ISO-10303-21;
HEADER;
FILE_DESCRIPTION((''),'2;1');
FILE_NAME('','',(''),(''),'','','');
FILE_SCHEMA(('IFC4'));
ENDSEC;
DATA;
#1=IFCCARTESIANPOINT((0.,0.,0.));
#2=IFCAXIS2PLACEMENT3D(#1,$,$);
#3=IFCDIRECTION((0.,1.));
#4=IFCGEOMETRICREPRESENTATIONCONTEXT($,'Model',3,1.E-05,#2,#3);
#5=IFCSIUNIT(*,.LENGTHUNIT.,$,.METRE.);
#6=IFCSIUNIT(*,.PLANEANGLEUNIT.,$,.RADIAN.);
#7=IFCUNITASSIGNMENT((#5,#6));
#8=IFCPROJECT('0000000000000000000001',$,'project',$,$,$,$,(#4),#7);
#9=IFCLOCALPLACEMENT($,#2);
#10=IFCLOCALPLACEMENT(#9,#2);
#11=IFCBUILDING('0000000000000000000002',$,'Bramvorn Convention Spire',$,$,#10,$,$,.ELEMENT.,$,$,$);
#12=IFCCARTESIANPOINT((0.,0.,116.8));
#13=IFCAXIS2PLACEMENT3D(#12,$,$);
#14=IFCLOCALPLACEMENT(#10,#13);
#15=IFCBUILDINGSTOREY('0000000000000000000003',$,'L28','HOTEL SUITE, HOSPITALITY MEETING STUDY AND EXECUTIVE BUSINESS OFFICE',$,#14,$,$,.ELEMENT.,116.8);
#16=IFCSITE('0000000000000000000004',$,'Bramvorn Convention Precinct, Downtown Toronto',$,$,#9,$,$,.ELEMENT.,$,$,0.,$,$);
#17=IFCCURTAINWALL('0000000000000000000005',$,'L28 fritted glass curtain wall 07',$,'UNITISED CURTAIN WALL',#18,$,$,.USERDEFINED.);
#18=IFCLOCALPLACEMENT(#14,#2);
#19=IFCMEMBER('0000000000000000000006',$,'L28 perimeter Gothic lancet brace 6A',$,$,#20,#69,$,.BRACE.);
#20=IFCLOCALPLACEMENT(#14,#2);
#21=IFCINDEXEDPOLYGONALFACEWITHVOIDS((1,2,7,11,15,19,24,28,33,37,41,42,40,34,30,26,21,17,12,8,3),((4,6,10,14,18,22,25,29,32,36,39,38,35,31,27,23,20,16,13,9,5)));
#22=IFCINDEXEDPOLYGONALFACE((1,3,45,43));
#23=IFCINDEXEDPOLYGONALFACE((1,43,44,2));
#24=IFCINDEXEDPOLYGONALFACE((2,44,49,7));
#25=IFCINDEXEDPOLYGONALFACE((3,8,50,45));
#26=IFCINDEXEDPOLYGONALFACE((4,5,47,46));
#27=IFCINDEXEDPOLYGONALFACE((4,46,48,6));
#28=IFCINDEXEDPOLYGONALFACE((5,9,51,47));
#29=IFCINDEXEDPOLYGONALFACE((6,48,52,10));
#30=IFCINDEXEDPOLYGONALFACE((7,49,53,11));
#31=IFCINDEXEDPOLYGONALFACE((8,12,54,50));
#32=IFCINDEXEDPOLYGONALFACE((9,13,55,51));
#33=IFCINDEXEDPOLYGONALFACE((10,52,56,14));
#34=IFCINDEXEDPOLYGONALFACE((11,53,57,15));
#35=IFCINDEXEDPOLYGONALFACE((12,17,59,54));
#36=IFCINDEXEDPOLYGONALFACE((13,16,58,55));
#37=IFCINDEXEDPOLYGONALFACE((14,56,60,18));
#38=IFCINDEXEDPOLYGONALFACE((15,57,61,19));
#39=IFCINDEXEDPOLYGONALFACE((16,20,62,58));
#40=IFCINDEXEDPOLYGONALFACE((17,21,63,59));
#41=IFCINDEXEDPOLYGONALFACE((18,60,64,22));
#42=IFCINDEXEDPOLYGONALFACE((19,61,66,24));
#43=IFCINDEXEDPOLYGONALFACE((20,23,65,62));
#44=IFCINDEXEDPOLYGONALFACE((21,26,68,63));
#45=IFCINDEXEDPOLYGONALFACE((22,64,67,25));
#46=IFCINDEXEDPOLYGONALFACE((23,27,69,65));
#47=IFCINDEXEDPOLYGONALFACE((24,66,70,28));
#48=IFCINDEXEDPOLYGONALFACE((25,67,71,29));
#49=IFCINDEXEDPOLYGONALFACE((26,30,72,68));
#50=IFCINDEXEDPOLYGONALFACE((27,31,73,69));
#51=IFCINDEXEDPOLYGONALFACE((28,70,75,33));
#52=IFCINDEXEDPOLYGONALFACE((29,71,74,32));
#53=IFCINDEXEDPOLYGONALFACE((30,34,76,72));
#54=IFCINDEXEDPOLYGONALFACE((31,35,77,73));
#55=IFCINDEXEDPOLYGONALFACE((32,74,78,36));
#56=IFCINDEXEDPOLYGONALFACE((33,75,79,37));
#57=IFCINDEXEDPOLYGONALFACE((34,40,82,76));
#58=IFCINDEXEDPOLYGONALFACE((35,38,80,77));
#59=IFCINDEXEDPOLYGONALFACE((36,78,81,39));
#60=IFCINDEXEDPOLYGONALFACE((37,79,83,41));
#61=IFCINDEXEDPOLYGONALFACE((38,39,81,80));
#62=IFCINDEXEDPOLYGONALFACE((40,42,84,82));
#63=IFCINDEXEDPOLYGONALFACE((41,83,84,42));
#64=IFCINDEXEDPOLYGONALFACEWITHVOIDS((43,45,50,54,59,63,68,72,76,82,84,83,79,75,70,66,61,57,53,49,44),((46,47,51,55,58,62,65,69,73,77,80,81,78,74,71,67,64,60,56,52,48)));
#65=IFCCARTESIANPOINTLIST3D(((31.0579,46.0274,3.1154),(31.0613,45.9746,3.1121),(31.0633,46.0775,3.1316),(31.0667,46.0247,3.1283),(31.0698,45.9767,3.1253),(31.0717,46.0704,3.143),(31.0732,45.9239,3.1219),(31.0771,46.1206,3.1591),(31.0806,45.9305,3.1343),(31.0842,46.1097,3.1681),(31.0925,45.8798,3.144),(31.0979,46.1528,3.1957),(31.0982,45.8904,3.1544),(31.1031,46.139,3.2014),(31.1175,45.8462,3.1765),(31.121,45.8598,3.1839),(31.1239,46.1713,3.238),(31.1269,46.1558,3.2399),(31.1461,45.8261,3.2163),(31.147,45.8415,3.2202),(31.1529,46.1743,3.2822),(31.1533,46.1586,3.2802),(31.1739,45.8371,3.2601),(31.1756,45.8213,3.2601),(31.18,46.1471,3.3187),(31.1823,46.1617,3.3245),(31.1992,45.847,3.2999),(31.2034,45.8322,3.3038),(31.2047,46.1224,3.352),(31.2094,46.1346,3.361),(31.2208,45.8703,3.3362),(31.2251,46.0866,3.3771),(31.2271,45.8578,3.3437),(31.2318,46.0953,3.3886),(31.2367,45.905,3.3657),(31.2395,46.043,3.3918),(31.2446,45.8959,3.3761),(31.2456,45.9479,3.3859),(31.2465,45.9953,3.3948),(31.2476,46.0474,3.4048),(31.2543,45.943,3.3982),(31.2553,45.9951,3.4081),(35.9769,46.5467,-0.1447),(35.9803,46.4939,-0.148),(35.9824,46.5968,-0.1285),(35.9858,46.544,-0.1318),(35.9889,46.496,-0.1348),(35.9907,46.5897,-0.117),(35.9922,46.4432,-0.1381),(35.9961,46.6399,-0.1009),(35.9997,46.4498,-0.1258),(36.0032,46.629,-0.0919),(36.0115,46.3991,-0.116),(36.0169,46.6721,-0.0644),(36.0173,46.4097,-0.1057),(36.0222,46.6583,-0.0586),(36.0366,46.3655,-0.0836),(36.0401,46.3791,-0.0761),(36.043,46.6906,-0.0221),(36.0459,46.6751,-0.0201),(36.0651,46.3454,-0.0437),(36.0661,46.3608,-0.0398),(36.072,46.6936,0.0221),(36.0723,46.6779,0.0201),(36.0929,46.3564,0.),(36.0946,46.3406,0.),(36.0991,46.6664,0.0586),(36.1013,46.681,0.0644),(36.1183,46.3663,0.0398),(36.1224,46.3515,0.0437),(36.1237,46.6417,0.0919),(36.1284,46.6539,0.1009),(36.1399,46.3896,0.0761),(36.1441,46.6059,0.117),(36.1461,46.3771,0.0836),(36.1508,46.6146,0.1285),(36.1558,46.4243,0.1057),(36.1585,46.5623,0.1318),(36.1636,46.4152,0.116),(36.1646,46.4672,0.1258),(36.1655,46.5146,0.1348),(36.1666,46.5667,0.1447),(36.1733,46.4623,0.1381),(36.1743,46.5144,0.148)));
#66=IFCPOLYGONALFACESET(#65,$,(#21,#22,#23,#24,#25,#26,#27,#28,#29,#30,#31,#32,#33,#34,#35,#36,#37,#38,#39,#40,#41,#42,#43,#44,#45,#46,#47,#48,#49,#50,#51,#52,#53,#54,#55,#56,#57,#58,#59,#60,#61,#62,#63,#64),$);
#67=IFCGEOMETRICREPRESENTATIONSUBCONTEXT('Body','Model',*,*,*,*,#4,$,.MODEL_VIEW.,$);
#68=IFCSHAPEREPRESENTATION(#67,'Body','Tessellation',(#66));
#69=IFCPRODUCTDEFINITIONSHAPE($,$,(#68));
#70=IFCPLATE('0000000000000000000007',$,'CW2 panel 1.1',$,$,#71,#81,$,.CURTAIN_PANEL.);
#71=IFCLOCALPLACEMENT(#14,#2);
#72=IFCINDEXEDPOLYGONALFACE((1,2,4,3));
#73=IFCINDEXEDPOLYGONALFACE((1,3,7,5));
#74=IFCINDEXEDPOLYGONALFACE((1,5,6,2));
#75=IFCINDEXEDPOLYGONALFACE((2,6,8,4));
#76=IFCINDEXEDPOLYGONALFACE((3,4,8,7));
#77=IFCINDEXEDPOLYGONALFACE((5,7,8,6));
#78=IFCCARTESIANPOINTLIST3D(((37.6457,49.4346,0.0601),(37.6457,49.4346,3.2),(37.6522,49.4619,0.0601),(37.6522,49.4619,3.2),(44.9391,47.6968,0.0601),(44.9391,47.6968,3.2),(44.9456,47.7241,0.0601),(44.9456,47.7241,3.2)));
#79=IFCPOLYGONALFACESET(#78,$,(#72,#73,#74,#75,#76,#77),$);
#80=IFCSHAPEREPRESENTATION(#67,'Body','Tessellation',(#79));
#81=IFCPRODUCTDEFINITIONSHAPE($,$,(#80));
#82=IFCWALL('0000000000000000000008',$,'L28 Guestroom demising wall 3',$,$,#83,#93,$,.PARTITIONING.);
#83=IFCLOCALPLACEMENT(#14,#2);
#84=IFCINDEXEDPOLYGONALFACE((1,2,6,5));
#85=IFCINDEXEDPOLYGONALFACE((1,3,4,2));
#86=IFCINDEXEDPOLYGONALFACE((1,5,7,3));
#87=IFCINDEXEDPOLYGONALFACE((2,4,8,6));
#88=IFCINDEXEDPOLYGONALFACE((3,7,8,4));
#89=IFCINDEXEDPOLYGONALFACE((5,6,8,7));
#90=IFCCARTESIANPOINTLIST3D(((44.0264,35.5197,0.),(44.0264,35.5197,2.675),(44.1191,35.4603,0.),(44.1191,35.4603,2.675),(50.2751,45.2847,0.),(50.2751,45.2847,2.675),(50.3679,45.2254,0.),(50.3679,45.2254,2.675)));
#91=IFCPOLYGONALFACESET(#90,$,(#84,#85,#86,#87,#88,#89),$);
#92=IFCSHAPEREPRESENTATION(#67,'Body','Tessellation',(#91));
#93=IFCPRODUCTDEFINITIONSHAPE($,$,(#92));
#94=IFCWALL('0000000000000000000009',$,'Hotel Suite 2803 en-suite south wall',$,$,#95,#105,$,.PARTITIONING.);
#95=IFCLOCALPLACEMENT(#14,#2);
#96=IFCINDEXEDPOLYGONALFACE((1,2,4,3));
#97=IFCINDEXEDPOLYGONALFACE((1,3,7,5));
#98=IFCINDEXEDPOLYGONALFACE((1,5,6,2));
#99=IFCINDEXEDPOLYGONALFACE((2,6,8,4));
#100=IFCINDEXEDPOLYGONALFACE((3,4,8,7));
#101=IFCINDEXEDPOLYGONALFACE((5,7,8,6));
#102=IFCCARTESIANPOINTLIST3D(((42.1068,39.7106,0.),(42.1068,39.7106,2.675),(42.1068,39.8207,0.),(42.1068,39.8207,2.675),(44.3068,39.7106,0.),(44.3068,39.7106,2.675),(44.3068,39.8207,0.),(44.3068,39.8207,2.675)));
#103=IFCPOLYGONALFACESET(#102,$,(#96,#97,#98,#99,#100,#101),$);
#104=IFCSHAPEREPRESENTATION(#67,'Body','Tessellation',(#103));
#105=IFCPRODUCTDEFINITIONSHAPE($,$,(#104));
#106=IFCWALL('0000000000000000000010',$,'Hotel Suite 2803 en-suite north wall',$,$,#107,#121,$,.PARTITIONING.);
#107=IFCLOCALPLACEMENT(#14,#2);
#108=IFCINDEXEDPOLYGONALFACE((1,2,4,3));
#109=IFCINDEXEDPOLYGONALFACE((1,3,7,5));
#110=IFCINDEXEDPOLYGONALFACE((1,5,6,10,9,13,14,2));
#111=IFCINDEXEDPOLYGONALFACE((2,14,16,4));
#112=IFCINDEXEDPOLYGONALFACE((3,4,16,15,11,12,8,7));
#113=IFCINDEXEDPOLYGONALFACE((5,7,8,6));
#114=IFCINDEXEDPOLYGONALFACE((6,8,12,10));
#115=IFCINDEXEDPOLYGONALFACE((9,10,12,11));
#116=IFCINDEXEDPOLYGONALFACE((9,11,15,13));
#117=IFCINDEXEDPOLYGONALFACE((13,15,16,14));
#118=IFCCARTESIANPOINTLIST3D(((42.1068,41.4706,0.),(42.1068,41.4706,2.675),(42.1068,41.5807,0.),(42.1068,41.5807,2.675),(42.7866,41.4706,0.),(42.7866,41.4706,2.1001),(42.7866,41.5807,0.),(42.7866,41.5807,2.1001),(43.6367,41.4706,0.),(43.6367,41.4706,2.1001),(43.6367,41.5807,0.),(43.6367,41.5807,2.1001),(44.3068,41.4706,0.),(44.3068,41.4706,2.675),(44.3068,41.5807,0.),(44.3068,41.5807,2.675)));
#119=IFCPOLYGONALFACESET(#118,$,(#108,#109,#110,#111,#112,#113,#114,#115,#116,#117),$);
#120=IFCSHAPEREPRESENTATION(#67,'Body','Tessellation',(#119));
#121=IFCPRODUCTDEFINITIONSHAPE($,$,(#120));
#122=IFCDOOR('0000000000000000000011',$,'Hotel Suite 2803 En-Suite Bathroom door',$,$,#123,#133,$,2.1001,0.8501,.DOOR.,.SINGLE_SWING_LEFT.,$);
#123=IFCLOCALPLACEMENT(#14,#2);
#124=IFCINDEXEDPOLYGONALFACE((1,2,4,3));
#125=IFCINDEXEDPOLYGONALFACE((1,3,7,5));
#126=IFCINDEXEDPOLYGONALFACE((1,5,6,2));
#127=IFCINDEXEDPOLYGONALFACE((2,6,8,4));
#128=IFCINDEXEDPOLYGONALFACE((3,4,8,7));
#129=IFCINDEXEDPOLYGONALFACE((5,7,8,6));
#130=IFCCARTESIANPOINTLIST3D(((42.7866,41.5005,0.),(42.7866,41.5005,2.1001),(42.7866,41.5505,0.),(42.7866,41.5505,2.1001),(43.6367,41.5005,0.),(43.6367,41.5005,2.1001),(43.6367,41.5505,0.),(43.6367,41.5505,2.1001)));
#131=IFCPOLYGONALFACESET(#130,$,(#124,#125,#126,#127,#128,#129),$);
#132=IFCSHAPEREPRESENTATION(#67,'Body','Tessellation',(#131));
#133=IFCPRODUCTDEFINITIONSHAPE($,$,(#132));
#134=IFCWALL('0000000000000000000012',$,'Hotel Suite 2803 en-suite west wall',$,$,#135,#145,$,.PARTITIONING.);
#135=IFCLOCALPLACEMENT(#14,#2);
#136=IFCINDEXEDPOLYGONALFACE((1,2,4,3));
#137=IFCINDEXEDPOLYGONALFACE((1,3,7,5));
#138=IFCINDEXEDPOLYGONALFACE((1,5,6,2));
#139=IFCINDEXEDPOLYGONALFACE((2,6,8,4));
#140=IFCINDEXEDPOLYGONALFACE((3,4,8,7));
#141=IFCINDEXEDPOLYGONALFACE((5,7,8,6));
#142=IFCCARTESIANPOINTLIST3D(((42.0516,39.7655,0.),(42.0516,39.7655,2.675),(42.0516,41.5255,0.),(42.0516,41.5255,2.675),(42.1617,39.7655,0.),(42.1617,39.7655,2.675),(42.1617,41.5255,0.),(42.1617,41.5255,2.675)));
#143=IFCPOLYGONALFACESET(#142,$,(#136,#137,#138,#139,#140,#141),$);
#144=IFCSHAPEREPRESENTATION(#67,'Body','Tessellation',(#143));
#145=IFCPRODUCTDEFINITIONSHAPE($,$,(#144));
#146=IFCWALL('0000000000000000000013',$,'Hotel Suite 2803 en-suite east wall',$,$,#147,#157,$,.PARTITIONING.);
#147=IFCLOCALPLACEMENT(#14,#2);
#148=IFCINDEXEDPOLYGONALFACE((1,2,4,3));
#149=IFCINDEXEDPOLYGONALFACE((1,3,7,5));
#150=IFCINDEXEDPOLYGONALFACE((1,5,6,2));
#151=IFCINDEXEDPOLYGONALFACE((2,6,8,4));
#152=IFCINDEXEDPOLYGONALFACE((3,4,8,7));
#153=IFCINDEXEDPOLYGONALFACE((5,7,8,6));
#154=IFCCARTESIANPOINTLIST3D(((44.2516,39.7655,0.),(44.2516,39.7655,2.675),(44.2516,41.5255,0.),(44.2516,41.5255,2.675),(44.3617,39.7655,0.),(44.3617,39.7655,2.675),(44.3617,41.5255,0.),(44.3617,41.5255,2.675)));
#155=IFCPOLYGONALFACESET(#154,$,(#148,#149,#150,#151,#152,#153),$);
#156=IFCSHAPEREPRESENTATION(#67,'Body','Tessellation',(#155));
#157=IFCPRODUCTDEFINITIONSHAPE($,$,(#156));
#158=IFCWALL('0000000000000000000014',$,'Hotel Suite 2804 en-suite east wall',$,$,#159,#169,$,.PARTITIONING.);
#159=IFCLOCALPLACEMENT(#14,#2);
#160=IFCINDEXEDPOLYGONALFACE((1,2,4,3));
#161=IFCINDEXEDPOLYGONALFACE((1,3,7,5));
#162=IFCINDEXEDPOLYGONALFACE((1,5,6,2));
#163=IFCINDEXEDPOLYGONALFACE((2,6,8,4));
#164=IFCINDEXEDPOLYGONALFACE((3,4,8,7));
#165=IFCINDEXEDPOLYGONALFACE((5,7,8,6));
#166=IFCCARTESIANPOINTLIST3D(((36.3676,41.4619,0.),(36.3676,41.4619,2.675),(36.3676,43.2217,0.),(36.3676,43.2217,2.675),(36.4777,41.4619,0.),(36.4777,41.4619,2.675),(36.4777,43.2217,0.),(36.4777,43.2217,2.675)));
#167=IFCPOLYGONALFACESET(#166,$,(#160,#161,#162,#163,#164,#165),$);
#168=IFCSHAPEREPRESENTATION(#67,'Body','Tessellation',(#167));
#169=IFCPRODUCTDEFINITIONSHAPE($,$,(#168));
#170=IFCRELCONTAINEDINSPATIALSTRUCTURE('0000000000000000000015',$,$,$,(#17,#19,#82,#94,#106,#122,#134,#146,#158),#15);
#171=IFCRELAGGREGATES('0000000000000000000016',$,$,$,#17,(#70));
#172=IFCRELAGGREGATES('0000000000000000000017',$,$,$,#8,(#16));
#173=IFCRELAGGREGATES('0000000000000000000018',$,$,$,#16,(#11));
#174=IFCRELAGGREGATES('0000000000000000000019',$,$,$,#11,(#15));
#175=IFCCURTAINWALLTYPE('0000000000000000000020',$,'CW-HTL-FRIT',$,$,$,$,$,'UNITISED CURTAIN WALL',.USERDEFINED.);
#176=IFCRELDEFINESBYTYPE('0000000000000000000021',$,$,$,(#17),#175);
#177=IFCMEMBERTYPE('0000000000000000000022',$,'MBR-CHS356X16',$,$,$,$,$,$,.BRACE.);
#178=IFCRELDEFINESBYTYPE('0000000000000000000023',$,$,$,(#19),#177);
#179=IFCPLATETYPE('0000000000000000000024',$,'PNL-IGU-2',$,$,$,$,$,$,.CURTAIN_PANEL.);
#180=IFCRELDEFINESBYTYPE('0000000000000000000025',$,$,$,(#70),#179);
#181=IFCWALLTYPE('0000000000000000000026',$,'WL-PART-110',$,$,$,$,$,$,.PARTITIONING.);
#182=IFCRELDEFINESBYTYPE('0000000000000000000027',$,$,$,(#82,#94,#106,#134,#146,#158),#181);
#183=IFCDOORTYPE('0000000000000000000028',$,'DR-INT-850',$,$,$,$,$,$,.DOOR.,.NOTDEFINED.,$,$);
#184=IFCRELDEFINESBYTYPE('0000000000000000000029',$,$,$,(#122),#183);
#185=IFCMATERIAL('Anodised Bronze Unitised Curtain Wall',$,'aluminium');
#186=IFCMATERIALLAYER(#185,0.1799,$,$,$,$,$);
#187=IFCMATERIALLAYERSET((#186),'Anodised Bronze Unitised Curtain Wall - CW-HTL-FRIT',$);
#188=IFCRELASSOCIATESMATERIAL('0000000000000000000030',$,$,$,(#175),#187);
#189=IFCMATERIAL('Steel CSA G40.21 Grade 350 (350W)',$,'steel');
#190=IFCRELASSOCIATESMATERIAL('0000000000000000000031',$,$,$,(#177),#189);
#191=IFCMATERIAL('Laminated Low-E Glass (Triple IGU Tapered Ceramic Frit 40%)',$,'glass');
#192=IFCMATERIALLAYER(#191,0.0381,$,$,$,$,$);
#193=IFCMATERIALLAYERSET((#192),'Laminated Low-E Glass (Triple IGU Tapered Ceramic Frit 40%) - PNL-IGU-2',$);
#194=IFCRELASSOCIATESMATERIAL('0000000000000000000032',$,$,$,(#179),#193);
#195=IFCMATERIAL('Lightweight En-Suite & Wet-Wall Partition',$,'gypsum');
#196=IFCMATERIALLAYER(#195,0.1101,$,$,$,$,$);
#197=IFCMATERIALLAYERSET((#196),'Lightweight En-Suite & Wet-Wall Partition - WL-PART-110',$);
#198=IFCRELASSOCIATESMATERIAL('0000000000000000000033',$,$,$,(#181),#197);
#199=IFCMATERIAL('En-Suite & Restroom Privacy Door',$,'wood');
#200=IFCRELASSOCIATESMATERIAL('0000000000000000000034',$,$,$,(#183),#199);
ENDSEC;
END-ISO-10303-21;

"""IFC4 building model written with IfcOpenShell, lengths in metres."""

from ifc_helpers import new_model, si_unit, direction, frame, frame_2d, origin, origin_2d, place, context, subcontext, project, spatial, rectangle, hollow_circle, extrude, material, layer, layer_set, material_profile, profile_set, type_object, element, fill, aggregate, save


model = new_model("IFC4")

# Units and contexts
model_context = context("Model", 3, precision=1e-05, world=origin(), true_north=direction((0.0, 1.0)))
body_context = subcontext(model_context, "Body", "Model", "MODEL_VIEW")
ifc_project = project(units=[si_unit("LENGTHUNIT", "METRE"), si_unit("PLANEANGLEUNIT", "RADIAN")], contexts=[model_context])

# Site, building, storey
site_placement = place(None, origin())
site = spatial("IfcSite", under=ifc_project, at=site_placement, Name="Bramvorn Convention Precinct, Downtown Toronto", CompositionType="ELEMENT", RefElevation=0.0)
building_placement = place(site_placement, origin())
building = spatial("IfcBuilding", under=site, at=building_placement, Name="Bramvorn Convention Spire", CompositionType="ELEMENT")
storey_placement = place(building_placement, frame((0.0, 0.0, 116.8)))
storey = spatial("IfcBuildingStorey", under=building, at=storey_placement, Name="L28", Description="HOTEL SUITE, HOSPITALITY MEETING STUDY AND EXECUTIVE BUSINESS OFFICE", CompositionType="ELEMENT", Elevation=116.8)

# Shared definitions
ifc_material_1 = material(Name="Steel CSA G40.21 Grade 350 (350W)", Category="steel")

# Shared definitions
ifc_material_2 = material(Name="Anodised Bronze Unitised Curtain Wall", Category="aluminium")
ifc_layer_1 = layer(ifc_material_2, 0.1799)
ifc_layer_set_1 = layer_set([ifc_layer_1], Name="Anodised Bronze Unitised Curtain Wall - CW-HTL-FRIT")
curtain_wall_type = type_object("IfcCurtainWallType", Name="CW-HTL-FRIT", ElementType="UNITISED CURTAIN WALL", PredefinedType="USERDEFINED", material=ifc_layer_set_1)

# Curtain wall
curtain_wall_1_placement = place(storey_placement, origin())
curtain_wall_1 = element("IfcCurtainWall", 1, at=curtain_wall_1_placement, inside=storey, type_object=curtain_wall_type, Name="L28 fritted glass curtain wall 07", ObjectType="UNITISED CURTAIN WALL", PredefinedType="USERDEFINED")

# Member
ifc_material_profile_1 = material_profile(ifc_material_1, hollow_circle(Radius=0.1777, WallThickness=0.0159, at=origin_2d()))
ifc_profile_set_1 = profile_set([ifc_material_profile_1], Name="Steel CSA G40.21 Grade 350 (350W) - CHS356X16")
member_type_1 = type_object("IfcMemberType", Name="MBR-CHS356X16", PredefinedType="BRACE", material=ifc_profile_set_1)
member_1_placement = place(storey_placement, frame((36.0759, 46.5173, 0.0), z_axis=(-0.830347, -0.087659, 0.550309), x_axis=(0.104985, -0.994474, 0.0)))
element("IfcMember", 2, at=member_1_placement, inside=storey, type_object=member_type_1, Name="L28 perimeter Gothic lancet brace 6A", PredefinedType="BRACE", context=body_context, shape_type="SweptSolid", body=[
    extrude(hollow_circle(Radius=0.1777, WallThickness=0.0159, at=origin_2d()), origin(), (0.0, 0.0, 1.0), 5.9241),
])

# Plate
ifc_material_3 = material(Name="Laminated Low-E Glass (Triple IGU Tapered Ceramic Frit 40%)", Category="glass")
ifc_layer_2 = layer(ifc_material_3, 0.0381)
ifc_layer_set_2 = layer_set([ifc_layer_2], Name="Laminated Low-E Glass (Triple IGU Tapered Ceramic Frit 40%) - PNL-IGU-2")
plate_type = type_object("IfcPlateType", Name="PNL-IGU-2", PredefinedType="CURTAIN_PANEL", material=ifc_layer_set_2)
plate_placement = place(storey_placement, frame((41.2957, 48.5793, 0.0601), z_axis=(0.0, 0.0, 1.0), x_axis=(0.972767, -0.231784, 0.0)))
plate = element("IfcPlate", 3, at=plate_placement, type_object=plate_type, Name="CW2 panel 1.1", PredefinedType="CURTAIN_PANEL", context=body_context, shape_type="SweptSolid", body=[
    extrude(rectangle(XDim=7.4976, YDim=0.0281, at=origin_2d()), origin(), (0.0, 0.0, 1.0), 3.1399),
])
aggregate(curtain_wall_1, [plate])

# Walls
ifc_material_4 = material(Name="Lightweight En-Suite & Wet-Wall Partition", Category="gypsum")
ifc_layer_3 = layer(ifc_material_4, 0.1101)
ifc_layer_set_3 = layer_set([ifc_layer_3], Name="Lightweight En-Suite & Wet-Wall Partition - WL-PART-110")
wall_type = type_object("IfcWallType", Name="WL-PART-110", PredefinedType="PARTITIONING", material=ifc_layer_set_3)
wall_1_placement = place(storey_placement, frame((44.0728, 35.49, 0.0), z_axis=(0.0, 0.0, 1.0), x_axis=(0.538998, 0.842307, 0.0)))
element("IfcWall", 4, at=wall_1_placement, inside=storey, type_object=wall_type, Name="L28 Guestroom demising wall 3", PredefinedType="PARTITIONING", context=body_context, shape_type="SweptSolid", body=[
    extrude(rectangle(XDim=11.5933, YDim=0.1101, at=frame_2d((5.7966, 0.0))), origin(), (0.0, 0.0, 1.0), 2.675),
])
wall_2_placement = place(storey_placement, frame((42.1067, 39.7656, 0.0), z_axis=(0.0, 0.0, 1.0), x_axis=(1.0, 0.0, 0.0)))
element("IfcWall", 5, at=wall_2_placement, inside=storey, type_object=wall_type, Name="Hotel Suite 2803 en-suite south wall", PredefinedType="PARTITIONING", context=body_context, shape_type="SweptSolid", body=[
    extrude(rectangle(XDim=2.2, YDim=0.1101, at=frame_2d((1.1001, 0.0))), origin(), (0.0, 0.0, 1.0), 2.675),
])

# Wall, opening, door
wall_3_placement = place(storey_placement, frame((42.1067, 41.5256, 0.0), z_axis=(0.0, 0.0, 1.0), x_axis=(1.0, 0.0, 0.0)))
wall_3 = element("IfcWall", 6, at=wall_3_placement, inside=storey, type_object=wall_type, Name="Hotel Suite 2803 en-suite north wall", PredefinedType="PARTITIONING", context=body_context, shape_type="SweptSolid", body=[
    extrude(rectangle(XDim=2.2, YDim=0.1101, at=frame_2d((1.1001, 0.0))), origin(), (0.0, 0.0, 1.0), 2.675),
])
opening_placement = place(wall_3_placement, frame((0.6799, 0.0, 0.0)))
opening = element("IfcOpeningElement", 7, at=opening_placement, cuts=wall_3, PredefinedType="OPENING", context=body_context, shape_type="SweptSolid", body=[
    extrude(rectangle(XDim=0.8501, YDim=2.1001, at=frame_2d((0.425, 1.05))), frame((0.0, 0.0649, 0.0), z_axis=(0.0, -1.0, 0.0), x_axis=(1.0, 0.0, 0.0)), (0.0, 0.0, 1.0), 0.1301),
])
ifc_material_5 = material(Name="En-Suite & Restroom Privacy Door", Category="wood")
door_type = type_object("IfcDoorType", Name="DR-INT-850", OperationType="NOTDEFINED", PredefinedType="DOOR", material=ifc_material_5)
door_placement = place(opening_placement, origin())
door = element("IfcDoor", 8, at=door_placement, inside=storey, type_object=door_type, Name="Hotel Suite 2803 En-Suite Bathroom door", OperationType="SINGLE_SWING_LEFT", OverallHeight=2.1001, OverallWidth=0.8501, PredefinedType="DOOR", context=body_context, shape_type="SweptSolid", body=[
    extrude(rectangle(XDim=0.8501, YDim=2.1001, at=frame_2d((0.425, 1.05))), frame((0.0, 0.0249, 0.0), z_axis=(0.0, -1.0, 0.0), x_axis=(1.0, 0.0, 0.0)), (0.0, 0.0, 1.0), 0.05),
])
fill(opening, door)

# Walls
for number, where, z_axis, x_axis, name in (
    (9, (42.1067, 39.7656, 0.0), (0.0, 0.0, 1.0), (0.0, 1.0, 0.0), "Hotel Suite 2803 en-suite west wall"),
    (10, (44.3066, 39.7656, 0.0), (0.0, 0.0, 1.0), (0.0, 1.0, 0.0), "Hotel Suite 2803 en-suite east wall"),
):
    element("IfcWall", number, at=place(storey_placement, frame(where, z_axis=z_axis, x_axis=x_axis)), inside=storey, type_object=wall_type, Name=name, PredefinedType="PARTITIONING", context=body_context, shape_type="SweptSolid", body=[
        extrude(rectangle(XDim=1.76, YDim=0.1101, at=frame_2d((0.8799, 0.0))), origin(), (0.0, 0.0, 1.0), 2.675),
    ])
wall_4_placement = place(storey_placement, frame((36.4226, 41.4619, 0.0), z_axis=(0.0, 0.0, 1.0), x_axis=(0.0, 1.0, 0.0)))
element("IfcWall", 11, at=wall_4_placement, inside=storey, type_object=wall_type, Name="Hotel Suite 2804 en-suite east wall", PredefinedType="PARTITIONING", context=body_context, shape_type="SweptSolid", body=[
    extrude(rectangle(XDim=1.7598, YDim=0.1101, at=frame_2d((0.8799, 0.0))), origin(), (0.0, 0.0, 1.0), 2.675),
])

save(model, "model.ifc")
